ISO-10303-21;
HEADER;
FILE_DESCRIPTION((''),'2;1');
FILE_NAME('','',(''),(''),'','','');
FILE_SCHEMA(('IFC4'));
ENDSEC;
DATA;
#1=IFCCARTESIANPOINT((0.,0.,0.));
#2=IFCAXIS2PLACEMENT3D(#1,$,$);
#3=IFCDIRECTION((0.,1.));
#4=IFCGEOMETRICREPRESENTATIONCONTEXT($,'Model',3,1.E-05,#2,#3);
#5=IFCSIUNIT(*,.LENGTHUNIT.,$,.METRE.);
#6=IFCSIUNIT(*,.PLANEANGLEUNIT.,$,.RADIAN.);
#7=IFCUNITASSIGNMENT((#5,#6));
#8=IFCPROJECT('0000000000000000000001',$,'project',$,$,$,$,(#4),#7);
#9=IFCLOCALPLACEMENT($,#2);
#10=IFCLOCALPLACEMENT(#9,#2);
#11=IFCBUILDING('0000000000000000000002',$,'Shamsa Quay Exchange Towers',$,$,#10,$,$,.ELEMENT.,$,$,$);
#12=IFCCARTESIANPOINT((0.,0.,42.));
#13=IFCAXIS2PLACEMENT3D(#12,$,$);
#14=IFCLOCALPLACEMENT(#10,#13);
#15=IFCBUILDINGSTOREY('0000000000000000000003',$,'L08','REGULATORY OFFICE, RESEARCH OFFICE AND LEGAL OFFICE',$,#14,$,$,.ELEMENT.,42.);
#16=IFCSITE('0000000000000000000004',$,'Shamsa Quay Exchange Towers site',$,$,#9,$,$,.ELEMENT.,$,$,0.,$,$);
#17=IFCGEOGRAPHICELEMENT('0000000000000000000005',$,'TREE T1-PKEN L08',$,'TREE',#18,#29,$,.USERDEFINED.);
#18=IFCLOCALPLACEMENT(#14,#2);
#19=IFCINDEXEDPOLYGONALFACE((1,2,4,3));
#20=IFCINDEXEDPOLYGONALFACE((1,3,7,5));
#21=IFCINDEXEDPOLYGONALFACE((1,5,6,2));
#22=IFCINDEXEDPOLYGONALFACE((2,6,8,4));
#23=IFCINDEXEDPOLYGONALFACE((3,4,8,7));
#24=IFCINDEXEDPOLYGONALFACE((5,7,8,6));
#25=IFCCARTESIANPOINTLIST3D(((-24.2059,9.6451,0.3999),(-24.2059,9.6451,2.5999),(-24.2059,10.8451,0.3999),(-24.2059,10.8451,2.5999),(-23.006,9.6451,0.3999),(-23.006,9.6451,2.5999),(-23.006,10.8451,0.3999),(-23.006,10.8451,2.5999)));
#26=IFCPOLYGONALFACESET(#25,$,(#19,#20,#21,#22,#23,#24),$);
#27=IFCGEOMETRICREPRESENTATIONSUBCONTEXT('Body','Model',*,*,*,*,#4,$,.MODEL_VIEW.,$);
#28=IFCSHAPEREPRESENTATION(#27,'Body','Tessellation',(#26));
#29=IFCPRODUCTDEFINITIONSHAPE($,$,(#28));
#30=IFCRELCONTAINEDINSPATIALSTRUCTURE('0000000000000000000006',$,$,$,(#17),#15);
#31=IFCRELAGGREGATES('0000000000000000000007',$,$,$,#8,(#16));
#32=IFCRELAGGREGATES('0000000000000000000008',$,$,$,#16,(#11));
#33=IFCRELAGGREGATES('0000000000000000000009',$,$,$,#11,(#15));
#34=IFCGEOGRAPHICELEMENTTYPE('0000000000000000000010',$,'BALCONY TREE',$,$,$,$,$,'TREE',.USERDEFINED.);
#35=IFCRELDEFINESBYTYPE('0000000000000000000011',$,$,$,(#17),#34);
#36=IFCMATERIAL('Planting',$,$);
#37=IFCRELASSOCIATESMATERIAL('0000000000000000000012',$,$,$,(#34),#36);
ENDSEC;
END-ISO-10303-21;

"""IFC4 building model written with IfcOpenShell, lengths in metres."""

from ifc_helpers import new_model, si_unit, direction, frame, origin, origin_2d, place, context, subcontext, project, spatial, rectangle, extrude, material, type_object, element, save


model = new_model("IFC4")

# Units and contexts
model_context = context("Model", 3, precision=1e-05, world=origin(), true_north=direction((0.0, 1.0)))
body_context = subcontext(model_context, "Body", "Model", "MODEL_VIEW")
ifc_project = project(units=[si_unit("LENGTHUNIT", "METRE"), si_unit("PLANEANGLEUNIT", "RADIAN")], contexts=[model_context])

# Site, building, storey
site_placement = place(None, origin())
site = spatial("IfcSite", under=ifc_project, at=site_placement, Name="Shamsa Quay Exchange Towers site", CompositionType="ELEMENT", RefElevation=0.0)
building_placement = place(site_placement, origin())
building = spatial("IfcBuilding", under=site, at=building_placement, Name="Shamsa Quay Exchange Towers", CompositionType="ELEMENT")
storey_placement = place(building_placement, frame((0.0, 0.0, 42.0)))
storey = spatial("IfcBuildingStorey", under=building, at=storey_placement, Name="L08", Description="REGULATORY OFFICE, RESEARCH OFFICE AND LEGAL OFFICE", CompositionType="ELEMENT", Elevation=42.0)

# Geographic element
ifc_material_1 = material(Name="Planting")
geographic_element_type = type_object("IfcGeographicElementType", Name="BALCONY TREE", ElementType="TREE", PredefinedType="USERDEFINED", material=ifc_material_1)
geographic_element_placement = place(storey_placement, frame((-23.606, 10.2451, 0.3999), z_axis=(0.0, 0.0, 1.0), x_axis=(-1.0, 0.0, 0.0)))
element("IfcGeographicElement", 1, at=geographic_element_placement, inside=storey, type_object=geographic_element_type, Name="TREE T1-PKEN L08", ObjectType="TREE", PredefinedType="USERDEFINED", context=body_context, shape_type="SweptSolid", body=[
    extrude(rectangle(XDim=1.2, YDim=1.2, at=origin_2d()), origin(), (0.0, 0.0, 1.0), 2.2),
])

save(model, "model.ifc")
